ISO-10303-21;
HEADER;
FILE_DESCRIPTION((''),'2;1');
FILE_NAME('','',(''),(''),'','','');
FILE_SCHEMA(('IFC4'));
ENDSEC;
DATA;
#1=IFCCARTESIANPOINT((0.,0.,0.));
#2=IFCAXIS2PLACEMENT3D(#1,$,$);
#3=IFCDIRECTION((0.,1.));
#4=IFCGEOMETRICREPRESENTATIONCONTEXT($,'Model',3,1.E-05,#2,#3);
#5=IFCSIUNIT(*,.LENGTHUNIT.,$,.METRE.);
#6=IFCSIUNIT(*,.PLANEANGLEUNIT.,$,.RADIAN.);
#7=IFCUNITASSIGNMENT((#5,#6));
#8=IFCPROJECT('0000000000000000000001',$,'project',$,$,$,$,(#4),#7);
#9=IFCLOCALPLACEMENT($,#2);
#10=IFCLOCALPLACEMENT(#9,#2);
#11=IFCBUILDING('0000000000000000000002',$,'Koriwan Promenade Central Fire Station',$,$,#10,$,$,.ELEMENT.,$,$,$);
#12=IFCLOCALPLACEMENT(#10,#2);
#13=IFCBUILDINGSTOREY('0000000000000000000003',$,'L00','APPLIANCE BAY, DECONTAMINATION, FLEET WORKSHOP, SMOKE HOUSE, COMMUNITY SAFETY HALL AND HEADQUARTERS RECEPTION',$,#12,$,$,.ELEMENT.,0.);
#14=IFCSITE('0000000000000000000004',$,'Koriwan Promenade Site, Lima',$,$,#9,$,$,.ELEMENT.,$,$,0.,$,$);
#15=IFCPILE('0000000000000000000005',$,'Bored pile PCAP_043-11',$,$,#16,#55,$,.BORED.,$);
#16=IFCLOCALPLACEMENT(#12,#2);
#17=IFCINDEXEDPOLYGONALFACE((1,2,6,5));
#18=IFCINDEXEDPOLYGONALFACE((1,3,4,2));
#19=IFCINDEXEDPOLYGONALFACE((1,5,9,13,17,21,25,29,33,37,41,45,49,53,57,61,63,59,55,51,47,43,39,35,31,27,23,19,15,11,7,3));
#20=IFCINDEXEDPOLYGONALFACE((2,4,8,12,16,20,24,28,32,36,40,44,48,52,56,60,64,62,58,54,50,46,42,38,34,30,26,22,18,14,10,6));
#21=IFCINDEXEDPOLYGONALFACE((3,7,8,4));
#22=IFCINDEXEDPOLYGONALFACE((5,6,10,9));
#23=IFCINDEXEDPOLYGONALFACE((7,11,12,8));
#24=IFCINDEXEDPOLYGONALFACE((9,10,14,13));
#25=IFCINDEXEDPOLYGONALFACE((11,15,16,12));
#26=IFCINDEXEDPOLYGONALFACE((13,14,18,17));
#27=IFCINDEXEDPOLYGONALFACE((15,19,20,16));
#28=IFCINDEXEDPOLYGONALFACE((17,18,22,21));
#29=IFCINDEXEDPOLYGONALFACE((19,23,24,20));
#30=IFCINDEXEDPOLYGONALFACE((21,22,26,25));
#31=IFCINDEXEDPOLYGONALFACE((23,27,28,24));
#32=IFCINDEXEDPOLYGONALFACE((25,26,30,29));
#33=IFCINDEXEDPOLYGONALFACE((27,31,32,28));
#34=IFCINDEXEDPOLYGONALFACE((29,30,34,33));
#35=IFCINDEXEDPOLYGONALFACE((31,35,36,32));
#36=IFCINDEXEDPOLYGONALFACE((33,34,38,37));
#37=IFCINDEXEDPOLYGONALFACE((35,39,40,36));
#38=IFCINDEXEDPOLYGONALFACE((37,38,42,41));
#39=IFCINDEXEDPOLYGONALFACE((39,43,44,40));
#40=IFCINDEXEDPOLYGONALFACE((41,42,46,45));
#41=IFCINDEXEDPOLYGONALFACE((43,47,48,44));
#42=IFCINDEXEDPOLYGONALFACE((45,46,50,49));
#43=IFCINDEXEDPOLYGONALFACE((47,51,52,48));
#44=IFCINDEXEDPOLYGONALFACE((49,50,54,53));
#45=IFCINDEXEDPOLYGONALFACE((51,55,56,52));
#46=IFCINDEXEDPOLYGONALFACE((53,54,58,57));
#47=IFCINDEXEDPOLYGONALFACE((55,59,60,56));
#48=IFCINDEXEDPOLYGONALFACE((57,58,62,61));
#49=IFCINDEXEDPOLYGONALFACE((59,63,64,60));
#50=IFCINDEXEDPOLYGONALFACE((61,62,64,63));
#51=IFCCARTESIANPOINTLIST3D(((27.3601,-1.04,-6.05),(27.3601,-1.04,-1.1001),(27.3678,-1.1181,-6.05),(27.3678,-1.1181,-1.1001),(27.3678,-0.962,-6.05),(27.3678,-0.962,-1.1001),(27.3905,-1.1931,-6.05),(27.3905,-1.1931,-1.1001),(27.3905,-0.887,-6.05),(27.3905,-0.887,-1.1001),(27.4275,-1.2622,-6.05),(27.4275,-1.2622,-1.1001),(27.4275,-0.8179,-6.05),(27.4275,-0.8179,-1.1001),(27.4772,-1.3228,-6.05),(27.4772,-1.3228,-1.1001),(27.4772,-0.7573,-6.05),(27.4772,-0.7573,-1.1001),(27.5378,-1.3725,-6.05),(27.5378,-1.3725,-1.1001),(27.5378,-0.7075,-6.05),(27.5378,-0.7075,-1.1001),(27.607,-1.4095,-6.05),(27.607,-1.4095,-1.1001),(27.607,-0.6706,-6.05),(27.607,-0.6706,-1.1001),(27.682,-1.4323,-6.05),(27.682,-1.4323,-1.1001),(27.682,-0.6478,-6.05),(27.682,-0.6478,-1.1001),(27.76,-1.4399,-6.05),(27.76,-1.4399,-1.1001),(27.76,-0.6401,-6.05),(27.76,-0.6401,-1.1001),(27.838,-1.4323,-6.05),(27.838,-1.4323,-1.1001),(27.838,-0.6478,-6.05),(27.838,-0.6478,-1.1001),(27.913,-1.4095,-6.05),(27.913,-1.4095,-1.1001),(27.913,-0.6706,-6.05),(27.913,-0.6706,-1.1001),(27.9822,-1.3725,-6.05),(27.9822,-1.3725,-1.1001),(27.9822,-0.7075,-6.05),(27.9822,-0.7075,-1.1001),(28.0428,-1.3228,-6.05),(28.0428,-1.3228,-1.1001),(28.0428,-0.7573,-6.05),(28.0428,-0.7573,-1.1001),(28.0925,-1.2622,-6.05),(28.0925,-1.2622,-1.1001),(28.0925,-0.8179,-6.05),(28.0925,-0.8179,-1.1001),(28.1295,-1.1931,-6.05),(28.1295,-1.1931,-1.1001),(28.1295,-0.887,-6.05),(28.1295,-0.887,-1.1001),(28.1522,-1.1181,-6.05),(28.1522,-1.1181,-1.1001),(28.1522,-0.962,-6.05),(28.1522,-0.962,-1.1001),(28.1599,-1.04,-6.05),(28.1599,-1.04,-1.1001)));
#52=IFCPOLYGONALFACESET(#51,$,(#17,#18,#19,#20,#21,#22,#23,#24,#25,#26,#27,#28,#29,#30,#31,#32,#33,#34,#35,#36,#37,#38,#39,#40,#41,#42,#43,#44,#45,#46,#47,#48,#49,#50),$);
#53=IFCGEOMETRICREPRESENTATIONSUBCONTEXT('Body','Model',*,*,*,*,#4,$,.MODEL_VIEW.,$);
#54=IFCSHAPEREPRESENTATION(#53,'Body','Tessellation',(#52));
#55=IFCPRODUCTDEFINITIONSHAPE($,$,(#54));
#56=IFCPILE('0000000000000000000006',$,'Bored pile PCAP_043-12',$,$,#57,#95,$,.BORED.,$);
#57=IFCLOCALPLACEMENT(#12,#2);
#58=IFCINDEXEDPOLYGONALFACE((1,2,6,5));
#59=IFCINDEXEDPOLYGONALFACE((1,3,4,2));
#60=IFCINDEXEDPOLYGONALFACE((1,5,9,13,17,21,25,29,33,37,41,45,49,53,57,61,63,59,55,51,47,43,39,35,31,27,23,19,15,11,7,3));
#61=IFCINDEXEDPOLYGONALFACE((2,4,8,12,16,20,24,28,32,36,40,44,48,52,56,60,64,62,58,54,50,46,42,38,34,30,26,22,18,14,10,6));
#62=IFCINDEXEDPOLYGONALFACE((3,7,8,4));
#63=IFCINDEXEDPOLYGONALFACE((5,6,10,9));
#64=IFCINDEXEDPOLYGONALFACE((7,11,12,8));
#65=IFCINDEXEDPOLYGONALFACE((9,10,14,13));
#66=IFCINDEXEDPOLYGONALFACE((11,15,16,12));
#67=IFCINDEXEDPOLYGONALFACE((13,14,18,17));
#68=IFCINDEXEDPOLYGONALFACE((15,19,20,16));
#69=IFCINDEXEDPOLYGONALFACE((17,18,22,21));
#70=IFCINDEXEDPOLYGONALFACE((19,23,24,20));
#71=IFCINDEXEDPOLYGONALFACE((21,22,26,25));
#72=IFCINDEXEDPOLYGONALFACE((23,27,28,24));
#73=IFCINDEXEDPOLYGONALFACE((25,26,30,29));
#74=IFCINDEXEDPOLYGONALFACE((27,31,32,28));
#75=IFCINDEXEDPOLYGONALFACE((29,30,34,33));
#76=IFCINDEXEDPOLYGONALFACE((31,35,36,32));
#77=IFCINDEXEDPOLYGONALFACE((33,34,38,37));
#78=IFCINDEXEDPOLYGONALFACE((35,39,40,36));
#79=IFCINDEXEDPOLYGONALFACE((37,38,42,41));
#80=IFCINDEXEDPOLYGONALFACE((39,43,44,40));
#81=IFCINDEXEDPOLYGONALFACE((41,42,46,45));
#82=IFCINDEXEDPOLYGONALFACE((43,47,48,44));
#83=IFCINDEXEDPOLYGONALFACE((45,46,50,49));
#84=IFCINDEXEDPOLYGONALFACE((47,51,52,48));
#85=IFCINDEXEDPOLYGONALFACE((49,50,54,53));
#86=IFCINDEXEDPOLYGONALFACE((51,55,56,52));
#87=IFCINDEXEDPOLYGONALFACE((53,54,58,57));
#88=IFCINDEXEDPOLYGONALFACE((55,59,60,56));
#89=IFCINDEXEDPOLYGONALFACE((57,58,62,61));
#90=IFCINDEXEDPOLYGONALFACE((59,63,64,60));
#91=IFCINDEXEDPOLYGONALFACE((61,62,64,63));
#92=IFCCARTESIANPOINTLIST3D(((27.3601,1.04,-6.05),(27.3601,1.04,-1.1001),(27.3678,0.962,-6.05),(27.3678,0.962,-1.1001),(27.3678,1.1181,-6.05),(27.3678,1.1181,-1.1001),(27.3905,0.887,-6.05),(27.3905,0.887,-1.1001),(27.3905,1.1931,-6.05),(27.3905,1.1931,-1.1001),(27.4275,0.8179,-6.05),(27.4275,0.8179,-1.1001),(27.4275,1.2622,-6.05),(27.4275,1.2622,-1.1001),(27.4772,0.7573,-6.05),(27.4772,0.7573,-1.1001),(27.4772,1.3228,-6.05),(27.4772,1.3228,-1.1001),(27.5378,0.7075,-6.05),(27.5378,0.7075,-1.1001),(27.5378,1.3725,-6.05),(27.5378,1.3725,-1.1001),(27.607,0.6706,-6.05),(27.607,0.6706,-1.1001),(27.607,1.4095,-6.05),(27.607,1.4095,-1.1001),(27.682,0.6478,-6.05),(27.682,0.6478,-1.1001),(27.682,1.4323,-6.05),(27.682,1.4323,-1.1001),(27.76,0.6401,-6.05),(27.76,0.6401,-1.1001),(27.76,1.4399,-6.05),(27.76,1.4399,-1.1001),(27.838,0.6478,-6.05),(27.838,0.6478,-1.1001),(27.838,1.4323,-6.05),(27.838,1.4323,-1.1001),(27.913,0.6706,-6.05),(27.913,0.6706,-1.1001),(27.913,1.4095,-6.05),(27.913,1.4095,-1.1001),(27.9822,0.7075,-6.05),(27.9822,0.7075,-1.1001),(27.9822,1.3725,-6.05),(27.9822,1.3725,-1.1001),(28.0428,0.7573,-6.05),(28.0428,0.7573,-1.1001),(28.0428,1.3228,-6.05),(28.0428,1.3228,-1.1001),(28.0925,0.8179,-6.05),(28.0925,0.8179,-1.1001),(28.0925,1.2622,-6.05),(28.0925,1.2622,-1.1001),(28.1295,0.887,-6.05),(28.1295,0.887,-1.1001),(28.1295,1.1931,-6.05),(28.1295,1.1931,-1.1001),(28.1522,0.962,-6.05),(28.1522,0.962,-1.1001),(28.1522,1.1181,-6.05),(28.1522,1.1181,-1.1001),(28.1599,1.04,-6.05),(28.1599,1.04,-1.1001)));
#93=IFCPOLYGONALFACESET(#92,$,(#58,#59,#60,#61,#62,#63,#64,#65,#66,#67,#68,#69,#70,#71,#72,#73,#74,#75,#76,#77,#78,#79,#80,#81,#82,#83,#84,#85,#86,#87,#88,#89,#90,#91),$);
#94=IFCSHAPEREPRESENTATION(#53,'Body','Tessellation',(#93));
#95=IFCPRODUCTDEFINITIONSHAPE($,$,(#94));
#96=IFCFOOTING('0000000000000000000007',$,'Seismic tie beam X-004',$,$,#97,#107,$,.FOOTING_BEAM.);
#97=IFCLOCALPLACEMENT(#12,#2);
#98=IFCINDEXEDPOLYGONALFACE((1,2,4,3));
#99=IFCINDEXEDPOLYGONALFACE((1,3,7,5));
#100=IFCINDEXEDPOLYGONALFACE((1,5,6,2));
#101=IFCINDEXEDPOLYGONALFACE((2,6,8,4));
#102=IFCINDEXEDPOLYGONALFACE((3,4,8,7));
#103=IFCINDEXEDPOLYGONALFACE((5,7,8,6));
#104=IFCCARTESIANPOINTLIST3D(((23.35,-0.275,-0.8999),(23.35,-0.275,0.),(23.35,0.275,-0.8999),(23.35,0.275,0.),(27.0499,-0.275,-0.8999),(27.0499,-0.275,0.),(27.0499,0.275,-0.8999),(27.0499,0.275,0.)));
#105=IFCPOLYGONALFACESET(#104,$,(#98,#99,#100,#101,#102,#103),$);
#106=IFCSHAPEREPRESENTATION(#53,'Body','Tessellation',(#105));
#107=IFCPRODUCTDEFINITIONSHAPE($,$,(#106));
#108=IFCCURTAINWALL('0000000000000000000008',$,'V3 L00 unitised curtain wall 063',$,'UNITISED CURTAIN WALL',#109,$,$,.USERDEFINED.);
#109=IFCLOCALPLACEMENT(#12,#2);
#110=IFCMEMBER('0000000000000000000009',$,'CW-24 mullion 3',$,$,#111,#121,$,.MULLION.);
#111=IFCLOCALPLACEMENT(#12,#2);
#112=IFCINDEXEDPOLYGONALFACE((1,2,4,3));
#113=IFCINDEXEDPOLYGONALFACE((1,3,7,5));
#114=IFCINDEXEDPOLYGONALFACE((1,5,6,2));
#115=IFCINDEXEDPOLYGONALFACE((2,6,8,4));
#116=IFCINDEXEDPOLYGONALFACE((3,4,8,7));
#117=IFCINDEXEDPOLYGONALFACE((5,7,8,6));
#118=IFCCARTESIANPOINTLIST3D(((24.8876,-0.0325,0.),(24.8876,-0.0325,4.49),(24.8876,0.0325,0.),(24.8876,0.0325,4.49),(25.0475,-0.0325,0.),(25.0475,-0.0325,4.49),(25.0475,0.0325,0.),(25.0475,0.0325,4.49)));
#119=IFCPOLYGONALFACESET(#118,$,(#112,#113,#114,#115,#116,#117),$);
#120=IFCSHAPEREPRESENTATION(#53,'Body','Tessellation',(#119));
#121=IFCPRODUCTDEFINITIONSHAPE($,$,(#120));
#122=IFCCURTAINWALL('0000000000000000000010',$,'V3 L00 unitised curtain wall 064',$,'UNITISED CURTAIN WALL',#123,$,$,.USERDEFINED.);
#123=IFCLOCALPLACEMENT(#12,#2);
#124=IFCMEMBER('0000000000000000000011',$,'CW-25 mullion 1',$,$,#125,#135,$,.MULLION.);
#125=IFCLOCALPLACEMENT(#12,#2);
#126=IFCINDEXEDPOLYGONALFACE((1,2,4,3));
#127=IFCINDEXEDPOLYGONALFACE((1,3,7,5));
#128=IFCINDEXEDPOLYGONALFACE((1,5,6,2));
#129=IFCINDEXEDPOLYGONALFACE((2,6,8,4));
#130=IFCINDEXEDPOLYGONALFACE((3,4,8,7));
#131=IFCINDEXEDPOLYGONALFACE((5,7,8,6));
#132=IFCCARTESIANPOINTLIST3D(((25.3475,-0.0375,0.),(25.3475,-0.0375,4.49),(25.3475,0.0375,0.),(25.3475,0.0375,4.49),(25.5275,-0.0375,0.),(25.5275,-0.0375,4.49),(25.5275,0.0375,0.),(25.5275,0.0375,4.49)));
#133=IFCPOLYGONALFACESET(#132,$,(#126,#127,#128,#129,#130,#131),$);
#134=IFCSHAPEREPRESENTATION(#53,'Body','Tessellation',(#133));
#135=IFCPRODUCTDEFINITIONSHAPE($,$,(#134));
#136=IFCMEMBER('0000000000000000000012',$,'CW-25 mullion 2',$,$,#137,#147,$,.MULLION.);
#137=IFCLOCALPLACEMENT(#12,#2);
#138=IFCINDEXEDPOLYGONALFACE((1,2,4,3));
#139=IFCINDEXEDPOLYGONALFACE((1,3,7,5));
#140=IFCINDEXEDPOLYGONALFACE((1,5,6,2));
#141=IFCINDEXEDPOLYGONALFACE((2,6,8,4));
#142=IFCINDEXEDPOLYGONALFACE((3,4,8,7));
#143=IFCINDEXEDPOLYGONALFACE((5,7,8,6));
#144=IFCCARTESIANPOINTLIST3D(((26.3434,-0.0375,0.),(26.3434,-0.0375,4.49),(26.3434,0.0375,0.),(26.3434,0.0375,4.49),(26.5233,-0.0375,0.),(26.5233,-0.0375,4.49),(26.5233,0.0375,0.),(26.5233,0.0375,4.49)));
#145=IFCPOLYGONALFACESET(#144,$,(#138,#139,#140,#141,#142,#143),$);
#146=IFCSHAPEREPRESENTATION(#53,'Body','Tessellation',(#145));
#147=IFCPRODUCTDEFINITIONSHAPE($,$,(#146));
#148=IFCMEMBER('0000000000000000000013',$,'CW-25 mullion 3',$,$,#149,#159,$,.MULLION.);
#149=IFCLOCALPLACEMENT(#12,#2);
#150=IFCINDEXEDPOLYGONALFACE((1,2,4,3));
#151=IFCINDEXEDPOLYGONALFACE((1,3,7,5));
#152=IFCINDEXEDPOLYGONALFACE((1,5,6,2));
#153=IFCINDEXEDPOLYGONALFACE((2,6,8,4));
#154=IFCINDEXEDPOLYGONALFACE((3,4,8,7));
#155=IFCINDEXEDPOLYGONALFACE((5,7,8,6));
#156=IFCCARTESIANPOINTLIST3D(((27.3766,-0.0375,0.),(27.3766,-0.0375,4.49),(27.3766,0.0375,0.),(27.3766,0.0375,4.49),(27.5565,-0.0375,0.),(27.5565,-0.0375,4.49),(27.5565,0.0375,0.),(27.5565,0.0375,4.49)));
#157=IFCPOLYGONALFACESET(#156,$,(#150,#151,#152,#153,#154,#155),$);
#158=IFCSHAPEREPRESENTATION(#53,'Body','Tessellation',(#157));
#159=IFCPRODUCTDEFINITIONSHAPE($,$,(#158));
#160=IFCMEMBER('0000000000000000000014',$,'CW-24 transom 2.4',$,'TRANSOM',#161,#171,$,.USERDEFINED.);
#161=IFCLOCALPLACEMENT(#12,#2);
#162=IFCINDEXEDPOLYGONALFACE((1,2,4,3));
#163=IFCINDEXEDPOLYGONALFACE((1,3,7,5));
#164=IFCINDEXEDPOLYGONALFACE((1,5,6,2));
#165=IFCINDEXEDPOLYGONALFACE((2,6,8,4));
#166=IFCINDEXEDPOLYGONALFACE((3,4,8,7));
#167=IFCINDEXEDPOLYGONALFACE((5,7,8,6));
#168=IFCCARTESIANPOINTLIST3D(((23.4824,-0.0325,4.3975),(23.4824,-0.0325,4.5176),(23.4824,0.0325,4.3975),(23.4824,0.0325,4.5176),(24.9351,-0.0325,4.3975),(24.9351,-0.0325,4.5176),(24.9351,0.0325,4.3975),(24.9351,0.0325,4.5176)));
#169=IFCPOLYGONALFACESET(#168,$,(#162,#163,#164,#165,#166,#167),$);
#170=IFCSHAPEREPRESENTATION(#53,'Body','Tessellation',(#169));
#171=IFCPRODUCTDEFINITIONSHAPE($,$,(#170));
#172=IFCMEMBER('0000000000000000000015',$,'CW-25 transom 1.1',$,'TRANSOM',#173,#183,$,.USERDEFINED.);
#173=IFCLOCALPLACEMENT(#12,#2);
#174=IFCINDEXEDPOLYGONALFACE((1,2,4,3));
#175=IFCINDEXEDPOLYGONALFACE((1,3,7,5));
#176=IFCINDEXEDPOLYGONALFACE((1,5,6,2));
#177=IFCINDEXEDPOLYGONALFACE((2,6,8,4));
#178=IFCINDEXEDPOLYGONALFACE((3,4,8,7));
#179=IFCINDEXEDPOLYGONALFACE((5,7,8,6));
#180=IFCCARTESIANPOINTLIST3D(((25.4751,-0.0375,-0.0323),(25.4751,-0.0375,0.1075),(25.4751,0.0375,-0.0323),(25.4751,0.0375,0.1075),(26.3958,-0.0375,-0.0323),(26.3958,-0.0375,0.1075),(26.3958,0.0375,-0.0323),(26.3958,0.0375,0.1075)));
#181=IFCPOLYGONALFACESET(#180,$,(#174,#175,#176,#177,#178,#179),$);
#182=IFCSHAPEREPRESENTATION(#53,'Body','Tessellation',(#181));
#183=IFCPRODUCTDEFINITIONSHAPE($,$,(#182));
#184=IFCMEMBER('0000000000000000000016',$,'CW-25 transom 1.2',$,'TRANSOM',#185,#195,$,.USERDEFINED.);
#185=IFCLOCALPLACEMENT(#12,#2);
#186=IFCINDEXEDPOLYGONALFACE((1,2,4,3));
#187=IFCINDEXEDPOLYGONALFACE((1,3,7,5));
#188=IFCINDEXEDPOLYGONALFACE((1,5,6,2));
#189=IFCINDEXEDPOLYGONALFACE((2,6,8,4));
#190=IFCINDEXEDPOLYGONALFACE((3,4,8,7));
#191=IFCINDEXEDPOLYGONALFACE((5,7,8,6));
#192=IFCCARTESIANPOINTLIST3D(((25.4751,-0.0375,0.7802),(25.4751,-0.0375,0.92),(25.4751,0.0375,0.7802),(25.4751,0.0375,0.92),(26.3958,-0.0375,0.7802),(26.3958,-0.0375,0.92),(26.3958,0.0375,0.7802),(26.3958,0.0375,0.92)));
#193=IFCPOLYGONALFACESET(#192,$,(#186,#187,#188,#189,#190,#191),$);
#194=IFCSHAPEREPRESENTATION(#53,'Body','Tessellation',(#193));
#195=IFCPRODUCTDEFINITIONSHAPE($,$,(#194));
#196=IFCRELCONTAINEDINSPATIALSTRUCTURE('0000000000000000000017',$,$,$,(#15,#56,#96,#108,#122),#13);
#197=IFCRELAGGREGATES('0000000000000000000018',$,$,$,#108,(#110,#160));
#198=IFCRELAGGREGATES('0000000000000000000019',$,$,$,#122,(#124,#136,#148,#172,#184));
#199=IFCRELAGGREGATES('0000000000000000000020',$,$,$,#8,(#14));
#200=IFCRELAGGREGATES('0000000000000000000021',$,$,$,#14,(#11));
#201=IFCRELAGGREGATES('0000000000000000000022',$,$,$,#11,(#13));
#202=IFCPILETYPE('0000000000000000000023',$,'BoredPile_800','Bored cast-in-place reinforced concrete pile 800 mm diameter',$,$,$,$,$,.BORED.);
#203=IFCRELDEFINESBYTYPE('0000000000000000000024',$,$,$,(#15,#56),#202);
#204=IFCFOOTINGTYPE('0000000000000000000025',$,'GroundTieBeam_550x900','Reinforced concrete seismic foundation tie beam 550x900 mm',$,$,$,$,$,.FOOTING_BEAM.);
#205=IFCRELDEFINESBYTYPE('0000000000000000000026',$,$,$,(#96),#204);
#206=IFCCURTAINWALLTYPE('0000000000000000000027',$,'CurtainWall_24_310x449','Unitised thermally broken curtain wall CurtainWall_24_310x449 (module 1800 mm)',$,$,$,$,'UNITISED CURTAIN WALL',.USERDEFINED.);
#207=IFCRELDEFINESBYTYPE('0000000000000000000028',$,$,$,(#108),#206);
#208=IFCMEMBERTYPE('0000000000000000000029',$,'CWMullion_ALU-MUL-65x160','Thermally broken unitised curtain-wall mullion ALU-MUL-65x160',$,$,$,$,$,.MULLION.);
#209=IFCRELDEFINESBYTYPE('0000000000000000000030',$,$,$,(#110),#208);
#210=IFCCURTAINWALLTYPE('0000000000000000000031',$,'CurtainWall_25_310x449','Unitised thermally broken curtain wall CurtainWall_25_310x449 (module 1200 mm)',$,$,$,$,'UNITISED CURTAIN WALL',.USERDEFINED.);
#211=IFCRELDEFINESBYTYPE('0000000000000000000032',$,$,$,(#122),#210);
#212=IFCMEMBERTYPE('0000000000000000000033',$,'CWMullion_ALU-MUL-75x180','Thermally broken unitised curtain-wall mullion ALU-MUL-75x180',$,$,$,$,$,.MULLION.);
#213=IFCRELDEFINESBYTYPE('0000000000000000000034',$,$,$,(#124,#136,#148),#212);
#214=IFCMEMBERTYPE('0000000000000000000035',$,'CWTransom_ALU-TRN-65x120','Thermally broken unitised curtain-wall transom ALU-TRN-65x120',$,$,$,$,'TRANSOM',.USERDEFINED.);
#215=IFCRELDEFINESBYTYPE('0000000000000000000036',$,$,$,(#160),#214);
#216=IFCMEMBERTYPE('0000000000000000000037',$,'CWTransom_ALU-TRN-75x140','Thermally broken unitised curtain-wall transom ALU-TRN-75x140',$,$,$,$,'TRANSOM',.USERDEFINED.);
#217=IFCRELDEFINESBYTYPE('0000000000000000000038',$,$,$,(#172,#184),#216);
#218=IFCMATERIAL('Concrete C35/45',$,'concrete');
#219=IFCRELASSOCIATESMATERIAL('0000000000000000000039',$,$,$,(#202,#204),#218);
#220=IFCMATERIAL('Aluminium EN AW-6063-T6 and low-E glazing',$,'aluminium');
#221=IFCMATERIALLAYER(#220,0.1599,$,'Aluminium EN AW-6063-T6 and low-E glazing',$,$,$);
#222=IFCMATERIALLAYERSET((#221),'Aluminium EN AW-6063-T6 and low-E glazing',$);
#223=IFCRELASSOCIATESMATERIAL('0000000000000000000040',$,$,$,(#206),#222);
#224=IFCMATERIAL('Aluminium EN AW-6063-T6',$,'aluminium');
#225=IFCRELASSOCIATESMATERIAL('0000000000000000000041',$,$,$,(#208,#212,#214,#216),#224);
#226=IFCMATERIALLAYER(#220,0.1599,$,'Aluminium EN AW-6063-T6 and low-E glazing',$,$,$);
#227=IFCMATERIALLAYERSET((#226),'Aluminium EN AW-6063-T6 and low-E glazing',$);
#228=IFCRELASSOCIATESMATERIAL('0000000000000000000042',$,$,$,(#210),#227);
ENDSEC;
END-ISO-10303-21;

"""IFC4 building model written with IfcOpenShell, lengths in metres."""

from ifc_helpers import new_model, si_unit, direction, frame, origin, origin_2d, place, context, subcontext, project, spatial, rectangle, circle, extrude, material, layer, layer_set, material_profile, profile_set, type_object, element, aggregate, save


model = new_model("IFC4")

# Units and contexts
model_context = context("Model", 3, precision=1e-05, world=origin(), true_north=direction((0.0, 1.0)))
body_context = subcontext(model_context, "Body", "Model", "MODEL_VIEW")
ifc_project = project(units=[si_unit("LENGTHUNIT", "METRE"), si_unit("PLANEANGLEUNIT", "RADIAN")], contexts=[model_context])

# Site, building, storey
site_placement = place(None, origin())
site = spatial("IfcSite", under=ifc_project, at=site_placement, Name="Koriwan Promenade Site, Lima", CompositionType="ELEMENT", RefElevation=0.0)
building_placement = place(site_placement, origin())
building = spatial("IfcBuilding", under=site, at=building_placement, Name="Koriwan Promenade Central Fire Station", CompositionType="ELEMENT")
storey_placement = place(building_placement, origin())
storey = spatial("IfcBuildingStorey", under=building, at=storey_placement, Name="L00", Description="APPLIANCE BAY, DECONTAMINATION, FLEET WORKSHOP, SMOKE HOUSE, COMMUNITY SAFETY HALL AND HEADQUARTERS RECEPTION", CompositionType="ELEMENT", Elevation=0.0)

# Piles
ifc_material_1 = material(Name="Concrete C35/45", Category="concrete")
ifc_material_profile_1 = material_profile(ifc_material_1, circle(Radius=0.3999, at=origin_2d()), Name="PILE-D800")
ifc_profile_set_1 = profile_set([ifc_material_profile_1], Name="Concrete C35/45")
pile_type = type_object("IfcPileType", Name="BoredPile_800", Description="Bored cast-in-place reinforced concrete pile 800 mm diameter", PredefinedType="BORED", material=ifc_profile_set_1)
for number, where, z_axis, x_axis, name in (
    (1, (27.76, -1.04, -1.1001), (0.0, 0.0, -1.0), (1.0, 0.0, 0.0), "Bored pile PCAP_043-11"),
    (2, (27.76, 1.04, -1.1001), (0.0, 0.0, -1.0), (1.0, 0.0, 0.0), "Bored pile PCAP_043-12"),
):
    element("IfcPile", number, at=place(storey_placement, frame(where, z_axis=z_axis, x_axis=x_axis)), inside=storey, type_object=pile_type, Name=name, PredefinedType="BORED", context=body_context, shape_type="SweptSolid", body=[
        extrude(circle(Radius=0.3999, at=origin_2d()), origin(), (0.0, 0.0, 1.0), 4.95),
    ])

# Footing
footing_type = type_object("IfcFootingType", Name="GroundTieBeam_550x900", Description="Reinforced concrete seismic foundation tie beam 550x900 mm", PredefinedType="FOOTING_BEAM", material=ifc_material_1)
footing_placement = place(storey_placement, frame((25.2, 0.0, -0.8999), z_axis=(0.0, 0.0, 1.0), x_axis=(1.0, 0.0, 0.0)))
element("IfcFooting", 3, at=footing_placement, inside=storey, type_object=footing_type, Name="Seismic tie beam X-004", PredefinedType="FOOTING_BEAM", context=body_context, shape_type="SweptSolid", body=[
    extrude(rectangle(XDim=3.7, YDim=0.55, at=origin_2d()), origin(), (0.0, 0.0, 1.0), 0.8999),
])

# Curtain wall, member
ifc_material_2 = material(Name="Aluminium EN AW-6063-T6 and low-E glazing", Category="aluminium")
ifc_layer_1 = layer(ifc_material_2, 0.1599, Name="Aluminium EN AW-6063-T6 and low-E glazing")
ifc_layer_set_1 = layer_set([ifc_layer_1], Name="Aluminium EN AW-6063-T6 and low-E glazing")
curtain_wall_type_1 = type_object("IfcCurtainWallType", Name="CurtainWall_24_310x449", Description="Unitised thermally broken curtain wall CurtainWall_24_310x449 (module 1800 mm)", ElementType="UNITISED CURTAIN WALL", PredefinedType="USERDEFINED", material=ifc_layer_set_1)
curtain_wall_1_placement = place(storey_placement, origin())
curtain_wall_1 = element("IfcCurtainWall", 4, at=curtain_wall_1_placement, inside=storey, type_object=curtain_wall_type_1, Name="V3 L00 unitised curtain wall 063", ObjectType="UNITISED CURTAIN WALL", PredefinedType="USERDEFINED")
ifc_material_3 = material(Name="Aluminium EN AW-6063-T6", Category="aluminium")
ifc_material_profile_2 = material_profile(ifc_material_3, rectangle(XDim=0.0649, YDim=0.1599, at=origin_2d()), Name="ALU-MUL-65x160")
ifc_profile_set_2 = profile_set([ifc_material_profile_2], Name="Aluminium EN AW-6063-T6")
member_type_1 = type_object("IfcMemberType", Name="CWMullion_ALU-MUL-65x160", Description="Thermally broken unitised curtain-wall mullion ALU-MUL-65x160", PredefinedType="MULLION", material=ifc_profile_set_2)
member_1_placement = place(storey_placement, frame((24.9675, 0.0, 0.0), z_axis=(0.0, 0.0, 1.0), x_axis=(0.0, 1.0, 0.0)))
member_1 = element("IfcMember", 5, at=member_1_placement, type_object=member_type_1, Name="CW-24 mullion 3", PredefinedType="MULLION", context=body_context, shape_type="SweptSolid", body=[
    extrude(rectangle(XDim=0.0649, YDim=0.1599, at=origin_2d()), origin(), (0.0, 0.0, 1.0), 4.49),
])

# Curtain wall, members
ifc_layer_2 = layer(ifc_material_2, 0.1599, Name="Aluminium EN AW-6063-T6 and low-E glazing")
ifc_layer_set_2 = layer_set([ifc_layer_2], Name="Aluminium EN AW-6063-T6 and low-E glazing")
curtain_wall_type_2 = type_object("IfcCurtainWallType", Name="CurtainWall_25_310x449", Description="Unitised thermally broken curtain wall CurtainWall_25_310x449 (module 1200 mm)", ElementType="UNITISED CURTAIN WALL", PredefinedType="USERDEFINED", material=ifc_layer_set_2)
curtain_wall_2_placement = place(storey_placement, origin())
curtain_wall_2 = element("IfcCurtainWall", 6, at=curtain_wall_2_placement, inside=storey, type_object=curtain_wall_type_2, Name="V3 L00 unitised curtain wall 064", ObjectType="UNITISED CURTAIN WALL", PredefinedType="USERDEFINED")
ifc_material_profile_3 = material_profile(ifc_material_3, rectangle(XDim=0.075, YDim=0.1799, at=origin_2d()), Name="ALU-MUL-75x180")
ifc_profile_set_3 = profile_set([ifc_material_profile_3], Name="Aluminium EN AW-6063-T6")
member_type_2 = type_object("IfcMemberType", Name="CWMullion_ALU-MUL-75x180", Description="Thermally broken unitised curtain-wall mullion ALU-MUL-75x180", PredefinedType="MULLION", material=ifc_profile_set_3)
member_2_placement = place(storey_placement, frame((25.4375, 0.0, 0.0), z_axis=(0.0, 0.0, 1.0), x_axis=(0.0, 1.0, 0.0)))
member_2 = element("IfcMember", 7, at=member_2_placement, type_object=member_type_2, Name="CW-25 mullion 1", PredefinedType="MULLION", context=body_context, shape_type="SweptSolid", body=[
    extrude(rectangle(XDim=0.075, YDim=0.1799, at=origin_2d()), origin(), (0.0, 0.0, 1.0), 4.49),
])
member_3_placement = place(storey_placement, frame((26.4333, 0.0, 0.0), z_axis=(0.0, 0.0, 1.0), x_axis=(0.0, 1.0, 0.0)))
member_3 = element("IfcMember", 8, at=member_3_placement, type_object=member_type_2, Name="CW-25 mullion 2", PredefinedType="MULLION", context=body_context, shape_type="SweptSolid", body=[
    extrude(rectangle(XDim=0.075, YDim=0.1799, at=origin_2d()), origin(), (0.0, 0.0, 1.0), 4.49),
])
member_4_placement = place(storey_placement, frame((27.4666, 0.0, 0.0), z_axis=(0.0, 0.0, 1.0), x_axis=(0.0, 1.0, 0.0)))
member_4 = element("IfcMember", 9, at=member_4_placement, type_object=member_type_2, Name="CW-25 mullion 3", PredefinedType="MULLION", context=body_context, shape_type="SweptSolid", body=[
    extrude(rectangle(XDim=0.075, YDim=0.1799, at=origin_2d()), origin(), (0.0, 0.0, 1.0), 4.49),
])

# Members
ifc_material_profile_4 = material_profile(ifc_material_3, rectangle(XDim=0.0649, YDim=0.1201, at=origin_2d()), Name="ALU-TRN-65x120")
ifc_profile_set_4 = profile_set([ifc_material_profile_4], Name="Aluminium EN AW-6063-T6")
member_type_3 = type_object("IfcMemberType", Name="CWTransom_ALU-TRN-65x120", Description="Thermally broken unitised curtain-wall transom ALU-TRN-65x120", ElementType="TRANSOM", PredefinedType="USERDEFINED", material=ifc_profile_set_4)
member_5_placement = place(storey_placement, frame((23.4824, 0.0, 4.4575), z_axis=(1.0, 0.0, 0.0), x_axis=(0.0, 1.0, 0.0)))
member_5 = element("IfcMember", 10, at=member_5_placement, type_object=member_type_3, Name="CW-24 transom 2.4", ObjectType="TRANSOM", PredefinedType="USERDEFINED", context=body_context, shape_type="SweptSolid", body=[
    extrude(rectangle(XDim=0.0649, YDim=0.1201, at=origin_2d()), origin(), (0.0, 0.0, 1.0), 1.4526),
])
ifc_material_profile_5 = material_profile(ifc_material_3, rectangle(XDim=0.075, YDim=0.1399, at=origin_2d()), Name="ALU-TRN-75x140")
ifc_profile_set_5 = profile_set([ifc_material_profile_5], Name="Aluminium EN AW-6063-T6")
member_type_4 = type_object("IfcMemberType", Name="CWTransom_ALU-TRN-75x140", Description="Thermally broken unitised curtain-wall transom ALU-TRN-75x140", ElementType="TRANSOM", PredefinedType="USERDEFINED", material=ifc_profile_set_5)
member_6_placement = place(storey_placement, frame((25.4751, 0.0, 0.0376), z_axis=(1.0, 0.0, 0.0), x_axis=(0.0, 1.0, 0.0)))
member_6 = element("IfcMember", 11, at=member_6_placement, type_object=member_type_4, Name="CW-25 transom 1.1", ObjectType="TRANSOM", PredefinedType="USERDEFINED", context=body_context, shape_type="SweptSolid", body=[
    extrude(rectangle(XDim=0.075, YDim=0.1399, at=origin_2d()), origin(), (0.0, 0.0, 1.0), 0.9207),
])
member_7_placement = place(storey_placement, frame((25.4751, 0.0, 0.8501), z_axis=(1.0, 0.0, 0.0), x_axis=(0.0, 1.0, 0.0)))
member_7 = element("IfcMember", 12, at=member_7_placement, type_object=member_type_4, Name="CW-25 transom 1.2", ObjectType="TRANSOM", PredefinedType="USERDEFINED", context=body_context, shape_type="SweptSolid", body=[
    extrude(rectangle(XDim=0.075, YDim=0.1399, at=origin_2d()), origin(), (0.0, 0.0, 1.0), 0.9207),
])

aggregate(curtain_wall_1, [member_1, member_5])
aggregate(curtain_wall_2, [member_2, member_3, member_4, member_6, member_7])

save(model, "model.ifc")
